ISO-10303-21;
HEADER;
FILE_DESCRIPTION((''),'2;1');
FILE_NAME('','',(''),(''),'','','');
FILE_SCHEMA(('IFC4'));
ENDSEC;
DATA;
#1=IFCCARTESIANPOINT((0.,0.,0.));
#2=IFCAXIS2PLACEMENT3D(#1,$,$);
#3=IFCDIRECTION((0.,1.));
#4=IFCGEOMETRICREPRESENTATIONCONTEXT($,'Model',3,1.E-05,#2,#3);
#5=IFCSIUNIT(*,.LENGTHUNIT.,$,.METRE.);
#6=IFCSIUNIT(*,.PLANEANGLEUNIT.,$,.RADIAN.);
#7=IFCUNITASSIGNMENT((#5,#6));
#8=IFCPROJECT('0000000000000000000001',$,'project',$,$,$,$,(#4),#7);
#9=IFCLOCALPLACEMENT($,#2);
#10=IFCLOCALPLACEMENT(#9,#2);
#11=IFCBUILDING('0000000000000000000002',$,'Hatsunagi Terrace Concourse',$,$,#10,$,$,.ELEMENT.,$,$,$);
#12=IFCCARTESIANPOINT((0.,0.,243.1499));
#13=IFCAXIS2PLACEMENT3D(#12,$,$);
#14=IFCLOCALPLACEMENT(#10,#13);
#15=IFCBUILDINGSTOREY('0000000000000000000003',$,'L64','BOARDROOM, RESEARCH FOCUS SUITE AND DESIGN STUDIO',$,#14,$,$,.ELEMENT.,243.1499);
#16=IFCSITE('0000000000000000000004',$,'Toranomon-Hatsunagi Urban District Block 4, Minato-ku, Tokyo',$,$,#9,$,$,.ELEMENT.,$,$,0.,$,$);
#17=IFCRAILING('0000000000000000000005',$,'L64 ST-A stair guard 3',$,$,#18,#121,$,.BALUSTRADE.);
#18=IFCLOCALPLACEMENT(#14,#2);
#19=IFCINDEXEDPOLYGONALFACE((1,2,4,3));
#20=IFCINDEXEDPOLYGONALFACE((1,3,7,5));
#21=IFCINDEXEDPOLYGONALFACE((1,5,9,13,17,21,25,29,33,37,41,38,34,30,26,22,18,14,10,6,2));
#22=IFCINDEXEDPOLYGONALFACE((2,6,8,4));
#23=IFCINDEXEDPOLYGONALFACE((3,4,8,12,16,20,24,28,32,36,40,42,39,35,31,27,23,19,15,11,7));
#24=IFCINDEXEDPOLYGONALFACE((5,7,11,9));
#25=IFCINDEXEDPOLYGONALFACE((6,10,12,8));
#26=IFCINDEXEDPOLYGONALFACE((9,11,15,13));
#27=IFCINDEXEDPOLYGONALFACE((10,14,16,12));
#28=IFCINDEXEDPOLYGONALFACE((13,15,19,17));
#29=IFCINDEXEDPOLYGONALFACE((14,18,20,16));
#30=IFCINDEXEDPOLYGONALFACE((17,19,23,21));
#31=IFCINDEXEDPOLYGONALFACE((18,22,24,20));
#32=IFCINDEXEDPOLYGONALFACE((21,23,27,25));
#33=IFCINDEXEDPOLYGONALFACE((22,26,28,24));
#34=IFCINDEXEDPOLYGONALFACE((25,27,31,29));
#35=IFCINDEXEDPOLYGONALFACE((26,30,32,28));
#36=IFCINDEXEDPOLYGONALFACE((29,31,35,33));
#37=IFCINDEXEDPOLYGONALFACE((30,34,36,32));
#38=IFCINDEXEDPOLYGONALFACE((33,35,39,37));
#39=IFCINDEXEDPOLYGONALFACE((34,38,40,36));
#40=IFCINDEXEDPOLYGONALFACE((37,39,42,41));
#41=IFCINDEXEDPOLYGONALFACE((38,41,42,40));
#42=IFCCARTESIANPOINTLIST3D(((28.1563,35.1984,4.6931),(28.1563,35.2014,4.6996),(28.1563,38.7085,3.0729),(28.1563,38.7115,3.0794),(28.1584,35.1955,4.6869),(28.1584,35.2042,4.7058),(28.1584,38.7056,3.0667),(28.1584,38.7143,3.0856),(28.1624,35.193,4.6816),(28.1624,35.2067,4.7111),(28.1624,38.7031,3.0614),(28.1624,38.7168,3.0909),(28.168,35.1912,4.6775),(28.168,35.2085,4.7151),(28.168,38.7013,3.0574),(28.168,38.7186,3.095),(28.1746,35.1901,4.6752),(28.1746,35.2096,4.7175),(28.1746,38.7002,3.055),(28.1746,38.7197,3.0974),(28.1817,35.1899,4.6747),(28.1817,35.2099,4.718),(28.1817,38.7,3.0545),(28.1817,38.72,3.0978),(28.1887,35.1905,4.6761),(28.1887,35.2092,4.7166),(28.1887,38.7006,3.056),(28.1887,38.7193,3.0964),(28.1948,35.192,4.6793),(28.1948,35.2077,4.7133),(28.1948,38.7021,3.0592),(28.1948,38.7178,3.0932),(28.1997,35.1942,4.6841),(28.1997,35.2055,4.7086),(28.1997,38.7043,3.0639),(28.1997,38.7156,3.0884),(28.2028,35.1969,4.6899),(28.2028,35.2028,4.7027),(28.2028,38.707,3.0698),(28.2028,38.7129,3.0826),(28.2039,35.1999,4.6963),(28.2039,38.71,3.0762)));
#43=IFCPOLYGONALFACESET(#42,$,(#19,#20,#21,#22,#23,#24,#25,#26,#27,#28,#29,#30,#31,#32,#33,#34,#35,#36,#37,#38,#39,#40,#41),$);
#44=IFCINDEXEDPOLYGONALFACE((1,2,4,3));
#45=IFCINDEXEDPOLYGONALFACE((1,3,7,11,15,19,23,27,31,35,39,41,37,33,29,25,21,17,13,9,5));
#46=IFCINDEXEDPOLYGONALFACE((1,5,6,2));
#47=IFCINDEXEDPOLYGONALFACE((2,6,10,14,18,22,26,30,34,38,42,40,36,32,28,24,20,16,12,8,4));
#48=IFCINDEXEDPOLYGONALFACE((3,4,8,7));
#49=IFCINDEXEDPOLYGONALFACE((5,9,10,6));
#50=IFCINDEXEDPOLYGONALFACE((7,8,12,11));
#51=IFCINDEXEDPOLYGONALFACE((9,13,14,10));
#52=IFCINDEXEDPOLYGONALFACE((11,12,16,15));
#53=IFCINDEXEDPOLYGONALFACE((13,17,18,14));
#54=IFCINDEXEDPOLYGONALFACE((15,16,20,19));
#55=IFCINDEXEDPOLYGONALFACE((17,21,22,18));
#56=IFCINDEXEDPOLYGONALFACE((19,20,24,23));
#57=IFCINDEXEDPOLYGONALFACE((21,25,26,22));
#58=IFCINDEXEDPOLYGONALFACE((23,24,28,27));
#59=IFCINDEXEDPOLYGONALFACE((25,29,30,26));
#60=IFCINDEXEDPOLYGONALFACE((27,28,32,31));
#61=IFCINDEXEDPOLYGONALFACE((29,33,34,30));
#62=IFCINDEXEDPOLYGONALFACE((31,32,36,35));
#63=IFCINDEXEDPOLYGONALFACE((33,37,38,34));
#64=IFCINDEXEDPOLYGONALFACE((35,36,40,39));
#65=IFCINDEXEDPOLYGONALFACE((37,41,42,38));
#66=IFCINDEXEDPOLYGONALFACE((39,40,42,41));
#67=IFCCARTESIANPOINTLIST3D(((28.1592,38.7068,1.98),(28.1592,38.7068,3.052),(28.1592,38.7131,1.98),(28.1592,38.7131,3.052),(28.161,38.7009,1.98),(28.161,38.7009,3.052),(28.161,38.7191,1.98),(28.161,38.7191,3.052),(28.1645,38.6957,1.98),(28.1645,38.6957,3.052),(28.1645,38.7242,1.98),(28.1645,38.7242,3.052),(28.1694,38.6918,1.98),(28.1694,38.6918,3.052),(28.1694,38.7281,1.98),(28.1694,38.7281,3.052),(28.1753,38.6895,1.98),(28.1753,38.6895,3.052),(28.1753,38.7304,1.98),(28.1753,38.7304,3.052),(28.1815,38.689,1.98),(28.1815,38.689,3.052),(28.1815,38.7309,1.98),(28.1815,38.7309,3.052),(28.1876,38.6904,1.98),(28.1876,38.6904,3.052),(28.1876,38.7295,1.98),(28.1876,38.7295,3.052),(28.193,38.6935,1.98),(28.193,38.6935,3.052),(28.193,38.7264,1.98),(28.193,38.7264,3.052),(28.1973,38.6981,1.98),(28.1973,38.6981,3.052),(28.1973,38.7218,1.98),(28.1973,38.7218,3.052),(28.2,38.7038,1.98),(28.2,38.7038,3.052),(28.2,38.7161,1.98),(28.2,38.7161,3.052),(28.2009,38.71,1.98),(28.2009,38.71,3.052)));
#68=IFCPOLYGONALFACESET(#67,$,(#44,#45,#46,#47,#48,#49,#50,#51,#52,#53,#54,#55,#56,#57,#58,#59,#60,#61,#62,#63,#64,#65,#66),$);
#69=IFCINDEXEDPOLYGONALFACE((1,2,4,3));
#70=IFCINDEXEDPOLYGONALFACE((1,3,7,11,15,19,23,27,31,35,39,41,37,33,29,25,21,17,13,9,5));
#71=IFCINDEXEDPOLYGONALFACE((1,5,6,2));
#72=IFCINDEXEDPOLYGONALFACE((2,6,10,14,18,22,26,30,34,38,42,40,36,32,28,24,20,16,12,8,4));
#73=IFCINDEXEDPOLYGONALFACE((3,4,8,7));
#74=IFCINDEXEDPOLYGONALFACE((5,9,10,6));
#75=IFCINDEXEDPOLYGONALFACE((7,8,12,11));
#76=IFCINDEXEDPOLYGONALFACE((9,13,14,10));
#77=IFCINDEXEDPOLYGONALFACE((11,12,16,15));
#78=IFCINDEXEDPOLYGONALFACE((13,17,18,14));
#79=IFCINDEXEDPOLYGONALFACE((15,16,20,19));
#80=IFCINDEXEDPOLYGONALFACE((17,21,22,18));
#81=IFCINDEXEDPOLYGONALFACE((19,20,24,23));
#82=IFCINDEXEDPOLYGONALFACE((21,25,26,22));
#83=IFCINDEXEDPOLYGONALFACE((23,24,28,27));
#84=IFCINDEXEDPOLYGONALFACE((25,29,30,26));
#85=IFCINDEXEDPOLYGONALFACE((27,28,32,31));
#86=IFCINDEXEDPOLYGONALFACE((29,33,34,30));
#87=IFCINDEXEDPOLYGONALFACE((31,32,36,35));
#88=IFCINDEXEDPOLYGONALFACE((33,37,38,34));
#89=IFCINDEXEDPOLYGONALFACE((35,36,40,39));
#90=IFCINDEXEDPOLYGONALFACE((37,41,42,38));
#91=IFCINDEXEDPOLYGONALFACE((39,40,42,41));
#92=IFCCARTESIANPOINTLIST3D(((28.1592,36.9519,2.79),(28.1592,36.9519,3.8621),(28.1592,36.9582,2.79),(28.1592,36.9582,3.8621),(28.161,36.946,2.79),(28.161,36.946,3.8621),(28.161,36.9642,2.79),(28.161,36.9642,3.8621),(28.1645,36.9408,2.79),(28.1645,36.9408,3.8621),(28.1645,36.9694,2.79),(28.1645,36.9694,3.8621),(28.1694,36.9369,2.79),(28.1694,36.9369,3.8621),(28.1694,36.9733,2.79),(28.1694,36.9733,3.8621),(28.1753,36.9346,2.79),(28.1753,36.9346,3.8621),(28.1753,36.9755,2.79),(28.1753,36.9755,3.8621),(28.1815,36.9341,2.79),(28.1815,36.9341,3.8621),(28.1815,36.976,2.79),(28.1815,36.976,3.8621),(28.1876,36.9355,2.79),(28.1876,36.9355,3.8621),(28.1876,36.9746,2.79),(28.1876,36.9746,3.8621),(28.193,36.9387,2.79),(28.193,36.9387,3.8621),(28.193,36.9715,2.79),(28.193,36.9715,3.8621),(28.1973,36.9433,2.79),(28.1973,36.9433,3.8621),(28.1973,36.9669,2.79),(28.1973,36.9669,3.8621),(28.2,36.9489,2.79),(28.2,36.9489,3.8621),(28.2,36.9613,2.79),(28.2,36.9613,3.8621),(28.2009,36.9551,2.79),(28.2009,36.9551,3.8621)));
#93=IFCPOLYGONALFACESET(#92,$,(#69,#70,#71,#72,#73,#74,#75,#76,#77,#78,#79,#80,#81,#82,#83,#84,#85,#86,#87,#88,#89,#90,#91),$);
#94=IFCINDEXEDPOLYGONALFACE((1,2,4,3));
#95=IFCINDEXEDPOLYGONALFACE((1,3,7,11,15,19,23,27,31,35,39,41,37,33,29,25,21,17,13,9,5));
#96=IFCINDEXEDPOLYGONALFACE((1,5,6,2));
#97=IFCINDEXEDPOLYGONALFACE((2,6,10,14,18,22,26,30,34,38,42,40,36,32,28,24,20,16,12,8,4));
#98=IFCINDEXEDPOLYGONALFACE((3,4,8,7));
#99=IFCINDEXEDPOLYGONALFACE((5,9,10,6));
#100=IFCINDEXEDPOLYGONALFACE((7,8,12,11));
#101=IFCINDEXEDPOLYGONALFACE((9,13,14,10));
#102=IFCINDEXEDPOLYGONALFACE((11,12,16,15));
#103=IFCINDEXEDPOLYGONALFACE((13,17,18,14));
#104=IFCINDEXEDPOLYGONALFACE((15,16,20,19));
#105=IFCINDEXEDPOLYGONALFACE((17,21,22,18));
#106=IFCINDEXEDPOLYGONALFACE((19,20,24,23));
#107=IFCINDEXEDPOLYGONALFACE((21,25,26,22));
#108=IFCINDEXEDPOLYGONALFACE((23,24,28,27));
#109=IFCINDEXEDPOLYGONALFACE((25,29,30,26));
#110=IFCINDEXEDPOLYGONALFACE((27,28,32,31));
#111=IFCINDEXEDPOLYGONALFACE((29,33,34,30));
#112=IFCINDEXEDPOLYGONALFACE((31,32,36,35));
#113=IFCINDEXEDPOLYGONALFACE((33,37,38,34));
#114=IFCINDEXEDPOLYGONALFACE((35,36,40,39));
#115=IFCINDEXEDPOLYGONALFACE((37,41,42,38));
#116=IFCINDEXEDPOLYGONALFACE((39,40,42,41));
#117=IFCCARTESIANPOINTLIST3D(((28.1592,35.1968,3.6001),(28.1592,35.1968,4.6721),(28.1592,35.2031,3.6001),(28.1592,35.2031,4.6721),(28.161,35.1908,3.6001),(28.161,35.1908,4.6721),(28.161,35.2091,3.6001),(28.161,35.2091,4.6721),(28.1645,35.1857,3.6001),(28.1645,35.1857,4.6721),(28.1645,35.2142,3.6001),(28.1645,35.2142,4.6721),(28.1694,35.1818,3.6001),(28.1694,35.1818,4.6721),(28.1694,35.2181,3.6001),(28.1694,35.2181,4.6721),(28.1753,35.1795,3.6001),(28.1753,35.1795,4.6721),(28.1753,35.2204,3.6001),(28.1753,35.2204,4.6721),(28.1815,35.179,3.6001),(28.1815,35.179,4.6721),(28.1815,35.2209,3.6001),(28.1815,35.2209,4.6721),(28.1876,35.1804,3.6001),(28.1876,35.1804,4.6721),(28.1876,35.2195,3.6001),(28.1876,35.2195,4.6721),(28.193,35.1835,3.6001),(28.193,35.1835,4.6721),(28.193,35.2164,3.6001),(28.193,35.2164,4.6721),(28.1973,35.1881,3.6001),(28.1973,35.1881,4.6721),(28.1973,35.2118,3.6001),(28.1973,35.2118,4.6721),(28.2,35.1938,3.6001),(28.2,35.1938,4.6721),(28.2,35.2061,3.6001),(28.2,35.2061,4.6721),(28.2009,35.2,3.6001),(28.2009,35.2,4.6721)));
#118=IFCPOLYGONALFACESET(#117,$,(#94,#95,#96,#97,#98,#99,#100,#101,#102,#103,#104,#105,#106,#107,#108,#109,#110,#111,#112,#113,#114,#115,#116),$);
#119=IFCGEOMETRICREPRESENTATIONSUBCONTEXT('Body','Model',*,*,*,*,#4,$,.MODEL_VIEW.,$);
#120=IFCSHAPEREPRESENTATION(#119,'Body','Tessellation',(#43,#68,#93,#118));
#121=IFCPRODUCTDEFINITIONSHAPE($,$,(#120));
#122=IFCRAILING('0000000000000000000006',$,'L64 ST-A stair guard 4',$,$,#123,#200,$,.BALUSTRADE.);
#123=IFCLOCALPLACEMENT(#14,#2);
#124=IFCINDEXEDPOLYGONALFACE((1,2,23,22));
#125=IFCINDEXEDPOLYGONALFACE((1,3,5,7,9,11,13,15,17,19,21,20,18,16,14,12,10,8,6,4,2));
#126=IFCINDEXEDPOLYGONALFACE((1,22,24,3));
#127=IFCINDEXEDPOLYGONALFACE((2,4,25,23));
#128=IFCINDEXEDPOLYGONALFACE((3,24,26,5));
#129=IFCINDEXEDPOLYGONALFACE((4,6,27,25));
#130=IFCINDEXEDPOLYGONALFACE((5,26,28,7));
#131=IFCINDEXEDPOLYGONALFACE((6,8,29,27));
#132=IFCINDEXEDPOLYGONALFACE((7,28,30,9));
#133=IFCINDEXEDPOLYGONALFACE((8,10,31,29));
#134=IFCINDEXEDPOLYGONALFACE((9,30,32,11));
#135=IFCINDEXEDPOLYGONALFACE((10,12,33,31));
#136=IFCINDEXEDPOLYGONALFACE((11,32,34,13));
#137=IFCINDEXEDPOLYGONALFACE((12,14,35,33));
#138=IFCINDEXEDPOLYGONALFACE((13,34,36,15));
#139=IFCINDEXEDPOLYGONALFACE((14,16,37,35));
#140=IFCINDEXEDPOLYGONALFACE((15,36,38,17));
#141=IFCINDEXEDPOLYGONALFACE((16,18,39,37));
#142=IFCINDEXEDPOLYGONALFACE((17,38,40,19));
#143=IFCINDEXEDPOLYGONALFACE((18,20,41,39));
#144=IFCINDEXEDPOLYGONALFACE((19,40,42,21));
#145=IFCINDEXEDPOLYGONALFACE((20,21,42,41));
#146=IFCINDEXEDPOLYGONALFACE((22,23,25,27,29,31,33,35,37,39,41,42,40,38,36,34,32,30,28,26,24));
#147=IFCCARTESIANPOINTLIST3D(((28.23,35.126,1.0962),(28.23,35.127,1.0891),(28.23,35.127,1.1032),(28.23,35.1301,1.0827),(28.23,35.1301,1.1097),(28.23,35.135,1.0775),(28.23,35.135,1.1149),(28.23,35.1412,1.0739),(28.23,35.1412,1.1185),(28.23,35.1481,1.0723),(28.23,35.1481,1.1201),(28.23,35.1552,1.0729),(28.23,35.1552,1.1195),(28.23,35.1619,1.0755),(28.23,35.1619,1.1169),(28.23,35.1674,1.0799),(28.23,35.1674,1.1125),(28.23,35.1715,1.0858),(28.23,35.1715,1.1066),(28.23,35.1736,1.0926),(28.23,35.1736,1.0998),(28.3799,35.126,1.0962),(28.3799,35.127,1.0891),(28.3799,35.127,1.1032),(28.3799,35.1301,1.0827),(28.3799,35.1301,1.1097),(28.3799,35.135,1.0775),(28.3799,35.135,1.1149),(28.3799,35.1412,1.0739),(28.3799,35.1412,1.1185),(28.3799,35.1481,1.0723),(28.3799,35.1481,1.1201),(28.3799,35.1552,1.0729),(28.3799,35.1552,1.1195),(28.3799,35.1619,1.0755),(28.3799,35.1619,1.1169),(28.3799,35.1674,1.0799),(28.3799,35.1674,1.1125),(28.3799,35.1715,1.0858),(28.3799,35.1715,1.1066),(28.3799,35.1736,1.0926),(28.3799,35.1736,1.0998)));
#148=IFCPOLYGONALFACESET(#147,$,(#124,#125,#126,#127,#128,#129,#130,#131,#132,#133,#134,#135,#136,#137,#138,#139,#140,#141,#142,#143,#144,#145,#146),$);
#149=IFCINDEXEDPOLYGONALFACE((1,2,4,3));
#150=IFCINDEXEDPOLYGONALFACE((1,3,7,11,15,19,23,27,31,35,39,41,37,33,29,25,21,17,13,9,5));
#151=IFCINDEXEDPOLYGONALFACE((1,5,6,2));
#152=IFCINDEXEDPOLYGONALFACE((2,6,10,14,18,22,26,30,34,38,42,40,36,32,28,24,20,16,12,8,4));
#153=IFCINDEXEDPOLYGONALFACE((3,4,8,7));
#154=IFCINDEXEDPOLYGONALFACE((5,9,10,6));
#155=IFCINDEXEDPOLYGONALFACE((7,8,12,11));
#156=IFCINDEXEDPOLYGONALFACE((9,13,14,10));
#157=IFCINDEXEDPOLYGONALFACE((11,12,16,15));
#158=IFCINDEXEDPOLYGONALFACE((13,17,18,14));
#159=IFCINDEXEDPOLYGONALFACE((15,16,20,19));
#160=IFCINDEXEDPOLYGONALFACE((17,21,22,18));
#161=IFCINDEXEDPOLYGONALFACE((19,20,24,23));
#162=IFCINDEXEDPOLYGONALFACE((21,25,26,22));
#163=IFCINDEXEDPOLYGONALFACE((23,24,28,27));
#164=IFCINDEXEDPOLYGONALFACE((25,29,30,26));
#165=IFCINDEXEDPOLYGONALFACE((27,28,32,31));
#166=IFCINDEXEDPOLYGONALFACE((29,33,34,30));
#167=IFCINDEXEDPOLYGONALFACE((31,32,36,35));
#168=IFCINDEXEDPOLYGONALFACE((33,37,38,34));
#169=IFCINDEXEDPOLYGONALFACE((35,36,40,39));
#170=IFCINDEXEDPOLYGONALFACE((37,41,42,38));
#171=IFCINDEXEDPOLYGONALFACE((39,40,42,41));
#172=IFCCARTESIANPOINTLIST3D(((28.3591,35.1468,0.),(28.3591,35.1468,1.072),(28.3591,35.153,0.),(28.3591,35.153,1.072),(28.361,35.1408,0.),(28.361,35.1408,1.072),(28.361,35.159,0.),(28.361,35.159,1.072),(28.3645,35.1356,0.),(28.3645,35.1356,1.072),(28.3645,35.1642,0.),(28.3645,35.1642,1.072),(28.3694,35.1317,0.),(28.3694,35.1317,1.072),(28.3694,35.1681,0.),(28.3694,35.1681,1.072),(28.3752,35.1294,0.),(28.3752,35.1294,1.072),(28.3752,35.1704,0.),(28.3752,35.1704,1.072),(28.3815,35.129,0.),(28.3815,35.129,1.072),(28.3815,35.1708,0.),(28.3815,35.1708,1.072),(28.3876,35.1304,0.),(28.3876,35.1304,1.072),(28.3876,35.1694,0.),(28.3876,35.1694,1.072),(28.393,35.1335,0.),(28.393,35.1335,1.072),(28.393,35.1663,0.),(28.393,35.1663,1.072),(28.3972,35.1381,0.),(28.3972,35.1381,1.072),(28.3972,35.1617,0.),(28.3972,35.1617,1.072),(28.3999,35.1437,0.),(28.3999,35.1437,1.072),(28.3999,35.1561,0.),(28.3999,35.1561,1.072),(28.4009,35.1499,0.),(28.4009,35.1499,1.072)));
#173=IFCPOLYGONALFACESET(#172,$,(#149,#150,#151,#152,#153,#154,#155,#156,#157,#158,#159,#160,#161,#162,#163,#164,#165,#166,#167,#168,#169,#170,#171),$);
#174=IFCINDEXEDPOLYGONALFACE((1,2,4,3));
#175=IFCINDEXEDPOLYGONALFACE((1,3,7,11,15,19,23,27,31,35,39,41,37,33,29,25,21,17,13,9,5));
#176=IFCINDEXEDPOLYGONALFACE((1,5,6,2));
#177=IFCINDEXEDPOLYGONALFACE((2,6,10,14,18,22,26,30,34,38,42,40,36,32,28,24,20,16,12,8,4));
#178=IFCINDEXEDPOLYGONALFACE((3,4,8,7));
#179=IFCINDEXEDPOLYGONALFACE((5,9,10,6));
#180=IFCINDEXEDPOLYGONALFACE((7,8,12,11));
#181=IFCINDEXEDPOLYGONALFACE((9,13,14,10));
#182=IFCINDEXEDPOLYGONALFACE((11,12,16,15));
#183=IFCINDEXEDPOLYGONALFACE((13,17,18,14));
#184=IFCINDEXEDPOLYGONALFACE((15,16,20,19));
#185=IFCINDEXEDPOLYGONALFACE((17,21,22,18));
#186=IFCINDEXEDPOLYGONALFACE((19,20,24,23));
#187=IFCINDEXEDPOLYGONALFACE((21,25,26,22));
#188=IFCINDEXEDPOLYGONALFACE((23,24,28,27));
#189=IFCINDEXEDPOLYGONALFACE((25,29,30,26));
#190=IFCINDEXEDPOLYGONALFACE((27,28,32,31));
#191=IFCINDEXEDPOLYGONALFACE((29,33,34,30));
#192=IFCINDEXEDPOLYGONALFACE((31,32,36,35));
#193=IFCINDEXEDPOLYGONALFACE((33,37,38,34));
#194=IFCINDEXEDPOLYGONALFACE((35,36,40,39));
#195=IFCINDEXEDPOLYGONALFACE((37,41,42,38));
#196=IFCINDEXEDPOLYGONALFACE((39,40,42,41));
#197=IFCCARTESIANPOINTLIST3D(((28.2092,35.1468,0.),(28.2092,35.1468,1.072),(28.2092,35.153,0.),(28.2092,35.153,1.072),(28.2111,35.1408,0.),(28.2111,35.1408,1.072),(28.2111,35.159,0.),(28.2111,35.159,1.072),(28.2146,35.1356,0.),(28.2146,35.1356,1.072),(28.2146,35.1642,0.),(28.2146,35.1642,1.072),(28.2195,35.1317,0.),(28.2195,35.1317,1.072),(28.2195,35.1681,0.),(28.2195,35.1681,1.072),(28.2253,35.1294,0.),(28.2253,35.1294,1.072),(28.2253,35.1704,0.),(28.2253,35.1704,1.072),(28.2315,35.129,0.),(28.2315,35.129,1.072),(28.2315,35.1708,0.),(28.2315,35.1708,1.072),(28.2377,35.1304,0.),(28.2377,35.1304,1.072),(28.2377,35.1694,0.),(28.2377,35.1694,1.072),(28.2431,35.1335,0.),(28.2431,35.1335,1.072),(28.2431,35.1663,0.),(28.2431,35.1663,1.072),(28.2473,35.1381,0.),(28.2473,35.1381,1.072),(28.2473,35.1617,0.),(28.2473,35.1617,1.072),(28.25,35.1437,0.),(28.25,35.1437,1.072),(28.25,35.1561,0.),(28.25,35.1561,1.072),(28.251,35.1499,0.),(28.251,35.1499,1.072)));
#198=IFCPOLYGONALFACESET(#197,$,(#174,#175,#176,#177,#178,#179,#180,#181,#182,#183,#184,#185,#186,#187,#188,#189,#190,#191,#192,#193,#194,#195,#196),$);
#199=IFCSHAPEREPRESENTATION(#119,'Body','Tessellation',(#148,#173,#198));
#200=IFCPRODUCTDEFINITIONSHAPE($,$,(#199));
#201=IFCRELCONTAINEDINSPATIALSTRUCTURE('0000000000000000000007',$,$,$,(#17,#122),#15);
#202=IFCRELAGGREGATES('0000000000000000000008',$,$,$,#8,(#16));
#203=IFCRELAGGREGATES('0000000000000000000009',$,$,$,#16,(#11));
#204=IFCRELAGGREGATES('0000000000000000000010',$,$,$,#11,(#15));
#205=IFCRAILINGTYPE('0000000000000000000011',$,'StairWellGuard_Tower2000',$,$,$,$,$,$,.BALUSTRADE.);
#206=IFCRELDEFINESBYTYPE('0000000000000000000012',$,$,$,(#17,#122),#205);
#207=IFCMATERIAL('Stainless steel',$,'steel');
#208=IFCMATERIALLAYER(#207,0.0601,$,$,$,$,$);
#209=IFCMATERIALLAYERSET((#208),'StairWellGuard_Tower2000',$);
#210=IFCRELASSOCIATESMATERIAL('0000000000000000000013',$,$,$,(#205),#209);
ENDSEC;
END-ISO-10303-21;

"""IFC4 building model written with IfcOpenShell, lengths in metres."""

from ifc_helpers import new_model, si_unit, direction, frame, origin, origin_2d, place, context, subcontext, project, spatial, circle, extrude, material, layer, layer_set, type_object, element, save


model = new_model("IFC4")

# Units and contexts
model_context = context("Model", 3, precision=1e-05, world=origin(), true_north=direction((0.0, 1.0)))
body_context = subcontext(model_context, "Body", "Model", "MODEL_VIEW")
ifc_project = project(units=[si_unit("LENGTHUNIT", "METRE"), si_unit("PLANEANGLEUNIT", "RADIAN")], contexts=[model_context])

# Site, building, storey
site_placement = place(None, origin())
site = spatial("IfcSite", under=ifc_project, at=site_placement, Name="Toranomon-Hatsunagi Urban District Block 4, Minato-ku, Tokyo", CompositionType="ELEMENT", RefElevation=0.0)
building_placement = place(site_placement, origin())
building = spatial("IfcBuilding", under=site, at=building_placement, Name="Hatsunagi Terrace Concourse", CompositionType="ELEMENT")
storey_placement = place(building_placement, frame((0.0, 0.0, 243.1499)))
storey = spatial("IfcBuildingStorey", under=building, at=storey_placement, Name="L64", Description="BOARDROOM, RESEARCH FOCUS SUITE AND DESIGN STUDIO", CompositionType="ELEMENT", Elevation=243.1499)

# Railings
ifc_material_1 = material(Name="Stainless steel", Category="steel")
ifc_layer_1 = layer(ifc_material_1, 0.0601)
ifc_layer_set_1 = layer_set([ifc_layer_1], Name="StairWellGuard_Tower2000")
railing_type_1 = type_object("IfcRailingType", Name="StairWellGuard_Tower2000", PredefinedType="BALUSTRADE", material=ifc_layer_set_1)
railing_1_placement = place(storey_placement, frame((28.1799, 38.71, 1.98)))
element("IfcRailing", 1, at=railing_1_placement, inside=storey, type_object=railing_type_1, Name="L64 ST-A stair guard 3", PredefinedType="BALUSTRADE", context=body_context, shape_type="SweptSolid", body=[
    extrude(circle(Radius=0.0239, at=origin_2d()), frame((0.0, 0.0, 1.0962), z_axis=(0.0, -0.907948, 0.419082), x_axis=(1.0, 0.0, 0.0)), (0.0, 0.0, 1.0), 3.866),
    extrude(circle(Radius=0.021, at=origin_2d()), origin(), (0.0, 0.0, 1.0), 1.072),
    extrude(circle(Radius=0.021, at=origin_2d()), frame((0.0, -1.7549, 0.8101)), (0.0, 0.0, 1.0), 1.072),
    extrude(circle(Radius=0.021, at=origin_2d()), frame((0.0, -3.51, 1.6201)), (0.0, 0.0, 1.0), 1.072),
])
railing_2_placement = place(storey_placement, frame((28.3799, 35.1499, 0.0)))
element("IfcRailing", 2, at=railing_2_placement, inside=storey, type_object=railing_type_1, Name="L64 ST-A stair guard 4", PredefinedType="BALUSTRADE", context=body_context, shape_type="SweptSolid", body=[
    extrude(circle(Radius=0.0239, at=origin_2d()), frame((0.0, 0.0, 1.0962), z_axis=(-1.0, 0.0, 0.0), x_axis=(0.0, -1.0, 0.0)), (0.0, 0.0, 1.0), 0.1499),
    extrude(circle(Radius=0.021, at=origin_2d()), origin(), (0.0, 0.0, 1.0), 1.072),
    extrude(circle(Radius=0.021, at=origin_2d()), frame((-0.1499, 0.0, 0.0)), (0.0, 0.0, 1.0), 1.072),
])

save(model, "model.ifc")
